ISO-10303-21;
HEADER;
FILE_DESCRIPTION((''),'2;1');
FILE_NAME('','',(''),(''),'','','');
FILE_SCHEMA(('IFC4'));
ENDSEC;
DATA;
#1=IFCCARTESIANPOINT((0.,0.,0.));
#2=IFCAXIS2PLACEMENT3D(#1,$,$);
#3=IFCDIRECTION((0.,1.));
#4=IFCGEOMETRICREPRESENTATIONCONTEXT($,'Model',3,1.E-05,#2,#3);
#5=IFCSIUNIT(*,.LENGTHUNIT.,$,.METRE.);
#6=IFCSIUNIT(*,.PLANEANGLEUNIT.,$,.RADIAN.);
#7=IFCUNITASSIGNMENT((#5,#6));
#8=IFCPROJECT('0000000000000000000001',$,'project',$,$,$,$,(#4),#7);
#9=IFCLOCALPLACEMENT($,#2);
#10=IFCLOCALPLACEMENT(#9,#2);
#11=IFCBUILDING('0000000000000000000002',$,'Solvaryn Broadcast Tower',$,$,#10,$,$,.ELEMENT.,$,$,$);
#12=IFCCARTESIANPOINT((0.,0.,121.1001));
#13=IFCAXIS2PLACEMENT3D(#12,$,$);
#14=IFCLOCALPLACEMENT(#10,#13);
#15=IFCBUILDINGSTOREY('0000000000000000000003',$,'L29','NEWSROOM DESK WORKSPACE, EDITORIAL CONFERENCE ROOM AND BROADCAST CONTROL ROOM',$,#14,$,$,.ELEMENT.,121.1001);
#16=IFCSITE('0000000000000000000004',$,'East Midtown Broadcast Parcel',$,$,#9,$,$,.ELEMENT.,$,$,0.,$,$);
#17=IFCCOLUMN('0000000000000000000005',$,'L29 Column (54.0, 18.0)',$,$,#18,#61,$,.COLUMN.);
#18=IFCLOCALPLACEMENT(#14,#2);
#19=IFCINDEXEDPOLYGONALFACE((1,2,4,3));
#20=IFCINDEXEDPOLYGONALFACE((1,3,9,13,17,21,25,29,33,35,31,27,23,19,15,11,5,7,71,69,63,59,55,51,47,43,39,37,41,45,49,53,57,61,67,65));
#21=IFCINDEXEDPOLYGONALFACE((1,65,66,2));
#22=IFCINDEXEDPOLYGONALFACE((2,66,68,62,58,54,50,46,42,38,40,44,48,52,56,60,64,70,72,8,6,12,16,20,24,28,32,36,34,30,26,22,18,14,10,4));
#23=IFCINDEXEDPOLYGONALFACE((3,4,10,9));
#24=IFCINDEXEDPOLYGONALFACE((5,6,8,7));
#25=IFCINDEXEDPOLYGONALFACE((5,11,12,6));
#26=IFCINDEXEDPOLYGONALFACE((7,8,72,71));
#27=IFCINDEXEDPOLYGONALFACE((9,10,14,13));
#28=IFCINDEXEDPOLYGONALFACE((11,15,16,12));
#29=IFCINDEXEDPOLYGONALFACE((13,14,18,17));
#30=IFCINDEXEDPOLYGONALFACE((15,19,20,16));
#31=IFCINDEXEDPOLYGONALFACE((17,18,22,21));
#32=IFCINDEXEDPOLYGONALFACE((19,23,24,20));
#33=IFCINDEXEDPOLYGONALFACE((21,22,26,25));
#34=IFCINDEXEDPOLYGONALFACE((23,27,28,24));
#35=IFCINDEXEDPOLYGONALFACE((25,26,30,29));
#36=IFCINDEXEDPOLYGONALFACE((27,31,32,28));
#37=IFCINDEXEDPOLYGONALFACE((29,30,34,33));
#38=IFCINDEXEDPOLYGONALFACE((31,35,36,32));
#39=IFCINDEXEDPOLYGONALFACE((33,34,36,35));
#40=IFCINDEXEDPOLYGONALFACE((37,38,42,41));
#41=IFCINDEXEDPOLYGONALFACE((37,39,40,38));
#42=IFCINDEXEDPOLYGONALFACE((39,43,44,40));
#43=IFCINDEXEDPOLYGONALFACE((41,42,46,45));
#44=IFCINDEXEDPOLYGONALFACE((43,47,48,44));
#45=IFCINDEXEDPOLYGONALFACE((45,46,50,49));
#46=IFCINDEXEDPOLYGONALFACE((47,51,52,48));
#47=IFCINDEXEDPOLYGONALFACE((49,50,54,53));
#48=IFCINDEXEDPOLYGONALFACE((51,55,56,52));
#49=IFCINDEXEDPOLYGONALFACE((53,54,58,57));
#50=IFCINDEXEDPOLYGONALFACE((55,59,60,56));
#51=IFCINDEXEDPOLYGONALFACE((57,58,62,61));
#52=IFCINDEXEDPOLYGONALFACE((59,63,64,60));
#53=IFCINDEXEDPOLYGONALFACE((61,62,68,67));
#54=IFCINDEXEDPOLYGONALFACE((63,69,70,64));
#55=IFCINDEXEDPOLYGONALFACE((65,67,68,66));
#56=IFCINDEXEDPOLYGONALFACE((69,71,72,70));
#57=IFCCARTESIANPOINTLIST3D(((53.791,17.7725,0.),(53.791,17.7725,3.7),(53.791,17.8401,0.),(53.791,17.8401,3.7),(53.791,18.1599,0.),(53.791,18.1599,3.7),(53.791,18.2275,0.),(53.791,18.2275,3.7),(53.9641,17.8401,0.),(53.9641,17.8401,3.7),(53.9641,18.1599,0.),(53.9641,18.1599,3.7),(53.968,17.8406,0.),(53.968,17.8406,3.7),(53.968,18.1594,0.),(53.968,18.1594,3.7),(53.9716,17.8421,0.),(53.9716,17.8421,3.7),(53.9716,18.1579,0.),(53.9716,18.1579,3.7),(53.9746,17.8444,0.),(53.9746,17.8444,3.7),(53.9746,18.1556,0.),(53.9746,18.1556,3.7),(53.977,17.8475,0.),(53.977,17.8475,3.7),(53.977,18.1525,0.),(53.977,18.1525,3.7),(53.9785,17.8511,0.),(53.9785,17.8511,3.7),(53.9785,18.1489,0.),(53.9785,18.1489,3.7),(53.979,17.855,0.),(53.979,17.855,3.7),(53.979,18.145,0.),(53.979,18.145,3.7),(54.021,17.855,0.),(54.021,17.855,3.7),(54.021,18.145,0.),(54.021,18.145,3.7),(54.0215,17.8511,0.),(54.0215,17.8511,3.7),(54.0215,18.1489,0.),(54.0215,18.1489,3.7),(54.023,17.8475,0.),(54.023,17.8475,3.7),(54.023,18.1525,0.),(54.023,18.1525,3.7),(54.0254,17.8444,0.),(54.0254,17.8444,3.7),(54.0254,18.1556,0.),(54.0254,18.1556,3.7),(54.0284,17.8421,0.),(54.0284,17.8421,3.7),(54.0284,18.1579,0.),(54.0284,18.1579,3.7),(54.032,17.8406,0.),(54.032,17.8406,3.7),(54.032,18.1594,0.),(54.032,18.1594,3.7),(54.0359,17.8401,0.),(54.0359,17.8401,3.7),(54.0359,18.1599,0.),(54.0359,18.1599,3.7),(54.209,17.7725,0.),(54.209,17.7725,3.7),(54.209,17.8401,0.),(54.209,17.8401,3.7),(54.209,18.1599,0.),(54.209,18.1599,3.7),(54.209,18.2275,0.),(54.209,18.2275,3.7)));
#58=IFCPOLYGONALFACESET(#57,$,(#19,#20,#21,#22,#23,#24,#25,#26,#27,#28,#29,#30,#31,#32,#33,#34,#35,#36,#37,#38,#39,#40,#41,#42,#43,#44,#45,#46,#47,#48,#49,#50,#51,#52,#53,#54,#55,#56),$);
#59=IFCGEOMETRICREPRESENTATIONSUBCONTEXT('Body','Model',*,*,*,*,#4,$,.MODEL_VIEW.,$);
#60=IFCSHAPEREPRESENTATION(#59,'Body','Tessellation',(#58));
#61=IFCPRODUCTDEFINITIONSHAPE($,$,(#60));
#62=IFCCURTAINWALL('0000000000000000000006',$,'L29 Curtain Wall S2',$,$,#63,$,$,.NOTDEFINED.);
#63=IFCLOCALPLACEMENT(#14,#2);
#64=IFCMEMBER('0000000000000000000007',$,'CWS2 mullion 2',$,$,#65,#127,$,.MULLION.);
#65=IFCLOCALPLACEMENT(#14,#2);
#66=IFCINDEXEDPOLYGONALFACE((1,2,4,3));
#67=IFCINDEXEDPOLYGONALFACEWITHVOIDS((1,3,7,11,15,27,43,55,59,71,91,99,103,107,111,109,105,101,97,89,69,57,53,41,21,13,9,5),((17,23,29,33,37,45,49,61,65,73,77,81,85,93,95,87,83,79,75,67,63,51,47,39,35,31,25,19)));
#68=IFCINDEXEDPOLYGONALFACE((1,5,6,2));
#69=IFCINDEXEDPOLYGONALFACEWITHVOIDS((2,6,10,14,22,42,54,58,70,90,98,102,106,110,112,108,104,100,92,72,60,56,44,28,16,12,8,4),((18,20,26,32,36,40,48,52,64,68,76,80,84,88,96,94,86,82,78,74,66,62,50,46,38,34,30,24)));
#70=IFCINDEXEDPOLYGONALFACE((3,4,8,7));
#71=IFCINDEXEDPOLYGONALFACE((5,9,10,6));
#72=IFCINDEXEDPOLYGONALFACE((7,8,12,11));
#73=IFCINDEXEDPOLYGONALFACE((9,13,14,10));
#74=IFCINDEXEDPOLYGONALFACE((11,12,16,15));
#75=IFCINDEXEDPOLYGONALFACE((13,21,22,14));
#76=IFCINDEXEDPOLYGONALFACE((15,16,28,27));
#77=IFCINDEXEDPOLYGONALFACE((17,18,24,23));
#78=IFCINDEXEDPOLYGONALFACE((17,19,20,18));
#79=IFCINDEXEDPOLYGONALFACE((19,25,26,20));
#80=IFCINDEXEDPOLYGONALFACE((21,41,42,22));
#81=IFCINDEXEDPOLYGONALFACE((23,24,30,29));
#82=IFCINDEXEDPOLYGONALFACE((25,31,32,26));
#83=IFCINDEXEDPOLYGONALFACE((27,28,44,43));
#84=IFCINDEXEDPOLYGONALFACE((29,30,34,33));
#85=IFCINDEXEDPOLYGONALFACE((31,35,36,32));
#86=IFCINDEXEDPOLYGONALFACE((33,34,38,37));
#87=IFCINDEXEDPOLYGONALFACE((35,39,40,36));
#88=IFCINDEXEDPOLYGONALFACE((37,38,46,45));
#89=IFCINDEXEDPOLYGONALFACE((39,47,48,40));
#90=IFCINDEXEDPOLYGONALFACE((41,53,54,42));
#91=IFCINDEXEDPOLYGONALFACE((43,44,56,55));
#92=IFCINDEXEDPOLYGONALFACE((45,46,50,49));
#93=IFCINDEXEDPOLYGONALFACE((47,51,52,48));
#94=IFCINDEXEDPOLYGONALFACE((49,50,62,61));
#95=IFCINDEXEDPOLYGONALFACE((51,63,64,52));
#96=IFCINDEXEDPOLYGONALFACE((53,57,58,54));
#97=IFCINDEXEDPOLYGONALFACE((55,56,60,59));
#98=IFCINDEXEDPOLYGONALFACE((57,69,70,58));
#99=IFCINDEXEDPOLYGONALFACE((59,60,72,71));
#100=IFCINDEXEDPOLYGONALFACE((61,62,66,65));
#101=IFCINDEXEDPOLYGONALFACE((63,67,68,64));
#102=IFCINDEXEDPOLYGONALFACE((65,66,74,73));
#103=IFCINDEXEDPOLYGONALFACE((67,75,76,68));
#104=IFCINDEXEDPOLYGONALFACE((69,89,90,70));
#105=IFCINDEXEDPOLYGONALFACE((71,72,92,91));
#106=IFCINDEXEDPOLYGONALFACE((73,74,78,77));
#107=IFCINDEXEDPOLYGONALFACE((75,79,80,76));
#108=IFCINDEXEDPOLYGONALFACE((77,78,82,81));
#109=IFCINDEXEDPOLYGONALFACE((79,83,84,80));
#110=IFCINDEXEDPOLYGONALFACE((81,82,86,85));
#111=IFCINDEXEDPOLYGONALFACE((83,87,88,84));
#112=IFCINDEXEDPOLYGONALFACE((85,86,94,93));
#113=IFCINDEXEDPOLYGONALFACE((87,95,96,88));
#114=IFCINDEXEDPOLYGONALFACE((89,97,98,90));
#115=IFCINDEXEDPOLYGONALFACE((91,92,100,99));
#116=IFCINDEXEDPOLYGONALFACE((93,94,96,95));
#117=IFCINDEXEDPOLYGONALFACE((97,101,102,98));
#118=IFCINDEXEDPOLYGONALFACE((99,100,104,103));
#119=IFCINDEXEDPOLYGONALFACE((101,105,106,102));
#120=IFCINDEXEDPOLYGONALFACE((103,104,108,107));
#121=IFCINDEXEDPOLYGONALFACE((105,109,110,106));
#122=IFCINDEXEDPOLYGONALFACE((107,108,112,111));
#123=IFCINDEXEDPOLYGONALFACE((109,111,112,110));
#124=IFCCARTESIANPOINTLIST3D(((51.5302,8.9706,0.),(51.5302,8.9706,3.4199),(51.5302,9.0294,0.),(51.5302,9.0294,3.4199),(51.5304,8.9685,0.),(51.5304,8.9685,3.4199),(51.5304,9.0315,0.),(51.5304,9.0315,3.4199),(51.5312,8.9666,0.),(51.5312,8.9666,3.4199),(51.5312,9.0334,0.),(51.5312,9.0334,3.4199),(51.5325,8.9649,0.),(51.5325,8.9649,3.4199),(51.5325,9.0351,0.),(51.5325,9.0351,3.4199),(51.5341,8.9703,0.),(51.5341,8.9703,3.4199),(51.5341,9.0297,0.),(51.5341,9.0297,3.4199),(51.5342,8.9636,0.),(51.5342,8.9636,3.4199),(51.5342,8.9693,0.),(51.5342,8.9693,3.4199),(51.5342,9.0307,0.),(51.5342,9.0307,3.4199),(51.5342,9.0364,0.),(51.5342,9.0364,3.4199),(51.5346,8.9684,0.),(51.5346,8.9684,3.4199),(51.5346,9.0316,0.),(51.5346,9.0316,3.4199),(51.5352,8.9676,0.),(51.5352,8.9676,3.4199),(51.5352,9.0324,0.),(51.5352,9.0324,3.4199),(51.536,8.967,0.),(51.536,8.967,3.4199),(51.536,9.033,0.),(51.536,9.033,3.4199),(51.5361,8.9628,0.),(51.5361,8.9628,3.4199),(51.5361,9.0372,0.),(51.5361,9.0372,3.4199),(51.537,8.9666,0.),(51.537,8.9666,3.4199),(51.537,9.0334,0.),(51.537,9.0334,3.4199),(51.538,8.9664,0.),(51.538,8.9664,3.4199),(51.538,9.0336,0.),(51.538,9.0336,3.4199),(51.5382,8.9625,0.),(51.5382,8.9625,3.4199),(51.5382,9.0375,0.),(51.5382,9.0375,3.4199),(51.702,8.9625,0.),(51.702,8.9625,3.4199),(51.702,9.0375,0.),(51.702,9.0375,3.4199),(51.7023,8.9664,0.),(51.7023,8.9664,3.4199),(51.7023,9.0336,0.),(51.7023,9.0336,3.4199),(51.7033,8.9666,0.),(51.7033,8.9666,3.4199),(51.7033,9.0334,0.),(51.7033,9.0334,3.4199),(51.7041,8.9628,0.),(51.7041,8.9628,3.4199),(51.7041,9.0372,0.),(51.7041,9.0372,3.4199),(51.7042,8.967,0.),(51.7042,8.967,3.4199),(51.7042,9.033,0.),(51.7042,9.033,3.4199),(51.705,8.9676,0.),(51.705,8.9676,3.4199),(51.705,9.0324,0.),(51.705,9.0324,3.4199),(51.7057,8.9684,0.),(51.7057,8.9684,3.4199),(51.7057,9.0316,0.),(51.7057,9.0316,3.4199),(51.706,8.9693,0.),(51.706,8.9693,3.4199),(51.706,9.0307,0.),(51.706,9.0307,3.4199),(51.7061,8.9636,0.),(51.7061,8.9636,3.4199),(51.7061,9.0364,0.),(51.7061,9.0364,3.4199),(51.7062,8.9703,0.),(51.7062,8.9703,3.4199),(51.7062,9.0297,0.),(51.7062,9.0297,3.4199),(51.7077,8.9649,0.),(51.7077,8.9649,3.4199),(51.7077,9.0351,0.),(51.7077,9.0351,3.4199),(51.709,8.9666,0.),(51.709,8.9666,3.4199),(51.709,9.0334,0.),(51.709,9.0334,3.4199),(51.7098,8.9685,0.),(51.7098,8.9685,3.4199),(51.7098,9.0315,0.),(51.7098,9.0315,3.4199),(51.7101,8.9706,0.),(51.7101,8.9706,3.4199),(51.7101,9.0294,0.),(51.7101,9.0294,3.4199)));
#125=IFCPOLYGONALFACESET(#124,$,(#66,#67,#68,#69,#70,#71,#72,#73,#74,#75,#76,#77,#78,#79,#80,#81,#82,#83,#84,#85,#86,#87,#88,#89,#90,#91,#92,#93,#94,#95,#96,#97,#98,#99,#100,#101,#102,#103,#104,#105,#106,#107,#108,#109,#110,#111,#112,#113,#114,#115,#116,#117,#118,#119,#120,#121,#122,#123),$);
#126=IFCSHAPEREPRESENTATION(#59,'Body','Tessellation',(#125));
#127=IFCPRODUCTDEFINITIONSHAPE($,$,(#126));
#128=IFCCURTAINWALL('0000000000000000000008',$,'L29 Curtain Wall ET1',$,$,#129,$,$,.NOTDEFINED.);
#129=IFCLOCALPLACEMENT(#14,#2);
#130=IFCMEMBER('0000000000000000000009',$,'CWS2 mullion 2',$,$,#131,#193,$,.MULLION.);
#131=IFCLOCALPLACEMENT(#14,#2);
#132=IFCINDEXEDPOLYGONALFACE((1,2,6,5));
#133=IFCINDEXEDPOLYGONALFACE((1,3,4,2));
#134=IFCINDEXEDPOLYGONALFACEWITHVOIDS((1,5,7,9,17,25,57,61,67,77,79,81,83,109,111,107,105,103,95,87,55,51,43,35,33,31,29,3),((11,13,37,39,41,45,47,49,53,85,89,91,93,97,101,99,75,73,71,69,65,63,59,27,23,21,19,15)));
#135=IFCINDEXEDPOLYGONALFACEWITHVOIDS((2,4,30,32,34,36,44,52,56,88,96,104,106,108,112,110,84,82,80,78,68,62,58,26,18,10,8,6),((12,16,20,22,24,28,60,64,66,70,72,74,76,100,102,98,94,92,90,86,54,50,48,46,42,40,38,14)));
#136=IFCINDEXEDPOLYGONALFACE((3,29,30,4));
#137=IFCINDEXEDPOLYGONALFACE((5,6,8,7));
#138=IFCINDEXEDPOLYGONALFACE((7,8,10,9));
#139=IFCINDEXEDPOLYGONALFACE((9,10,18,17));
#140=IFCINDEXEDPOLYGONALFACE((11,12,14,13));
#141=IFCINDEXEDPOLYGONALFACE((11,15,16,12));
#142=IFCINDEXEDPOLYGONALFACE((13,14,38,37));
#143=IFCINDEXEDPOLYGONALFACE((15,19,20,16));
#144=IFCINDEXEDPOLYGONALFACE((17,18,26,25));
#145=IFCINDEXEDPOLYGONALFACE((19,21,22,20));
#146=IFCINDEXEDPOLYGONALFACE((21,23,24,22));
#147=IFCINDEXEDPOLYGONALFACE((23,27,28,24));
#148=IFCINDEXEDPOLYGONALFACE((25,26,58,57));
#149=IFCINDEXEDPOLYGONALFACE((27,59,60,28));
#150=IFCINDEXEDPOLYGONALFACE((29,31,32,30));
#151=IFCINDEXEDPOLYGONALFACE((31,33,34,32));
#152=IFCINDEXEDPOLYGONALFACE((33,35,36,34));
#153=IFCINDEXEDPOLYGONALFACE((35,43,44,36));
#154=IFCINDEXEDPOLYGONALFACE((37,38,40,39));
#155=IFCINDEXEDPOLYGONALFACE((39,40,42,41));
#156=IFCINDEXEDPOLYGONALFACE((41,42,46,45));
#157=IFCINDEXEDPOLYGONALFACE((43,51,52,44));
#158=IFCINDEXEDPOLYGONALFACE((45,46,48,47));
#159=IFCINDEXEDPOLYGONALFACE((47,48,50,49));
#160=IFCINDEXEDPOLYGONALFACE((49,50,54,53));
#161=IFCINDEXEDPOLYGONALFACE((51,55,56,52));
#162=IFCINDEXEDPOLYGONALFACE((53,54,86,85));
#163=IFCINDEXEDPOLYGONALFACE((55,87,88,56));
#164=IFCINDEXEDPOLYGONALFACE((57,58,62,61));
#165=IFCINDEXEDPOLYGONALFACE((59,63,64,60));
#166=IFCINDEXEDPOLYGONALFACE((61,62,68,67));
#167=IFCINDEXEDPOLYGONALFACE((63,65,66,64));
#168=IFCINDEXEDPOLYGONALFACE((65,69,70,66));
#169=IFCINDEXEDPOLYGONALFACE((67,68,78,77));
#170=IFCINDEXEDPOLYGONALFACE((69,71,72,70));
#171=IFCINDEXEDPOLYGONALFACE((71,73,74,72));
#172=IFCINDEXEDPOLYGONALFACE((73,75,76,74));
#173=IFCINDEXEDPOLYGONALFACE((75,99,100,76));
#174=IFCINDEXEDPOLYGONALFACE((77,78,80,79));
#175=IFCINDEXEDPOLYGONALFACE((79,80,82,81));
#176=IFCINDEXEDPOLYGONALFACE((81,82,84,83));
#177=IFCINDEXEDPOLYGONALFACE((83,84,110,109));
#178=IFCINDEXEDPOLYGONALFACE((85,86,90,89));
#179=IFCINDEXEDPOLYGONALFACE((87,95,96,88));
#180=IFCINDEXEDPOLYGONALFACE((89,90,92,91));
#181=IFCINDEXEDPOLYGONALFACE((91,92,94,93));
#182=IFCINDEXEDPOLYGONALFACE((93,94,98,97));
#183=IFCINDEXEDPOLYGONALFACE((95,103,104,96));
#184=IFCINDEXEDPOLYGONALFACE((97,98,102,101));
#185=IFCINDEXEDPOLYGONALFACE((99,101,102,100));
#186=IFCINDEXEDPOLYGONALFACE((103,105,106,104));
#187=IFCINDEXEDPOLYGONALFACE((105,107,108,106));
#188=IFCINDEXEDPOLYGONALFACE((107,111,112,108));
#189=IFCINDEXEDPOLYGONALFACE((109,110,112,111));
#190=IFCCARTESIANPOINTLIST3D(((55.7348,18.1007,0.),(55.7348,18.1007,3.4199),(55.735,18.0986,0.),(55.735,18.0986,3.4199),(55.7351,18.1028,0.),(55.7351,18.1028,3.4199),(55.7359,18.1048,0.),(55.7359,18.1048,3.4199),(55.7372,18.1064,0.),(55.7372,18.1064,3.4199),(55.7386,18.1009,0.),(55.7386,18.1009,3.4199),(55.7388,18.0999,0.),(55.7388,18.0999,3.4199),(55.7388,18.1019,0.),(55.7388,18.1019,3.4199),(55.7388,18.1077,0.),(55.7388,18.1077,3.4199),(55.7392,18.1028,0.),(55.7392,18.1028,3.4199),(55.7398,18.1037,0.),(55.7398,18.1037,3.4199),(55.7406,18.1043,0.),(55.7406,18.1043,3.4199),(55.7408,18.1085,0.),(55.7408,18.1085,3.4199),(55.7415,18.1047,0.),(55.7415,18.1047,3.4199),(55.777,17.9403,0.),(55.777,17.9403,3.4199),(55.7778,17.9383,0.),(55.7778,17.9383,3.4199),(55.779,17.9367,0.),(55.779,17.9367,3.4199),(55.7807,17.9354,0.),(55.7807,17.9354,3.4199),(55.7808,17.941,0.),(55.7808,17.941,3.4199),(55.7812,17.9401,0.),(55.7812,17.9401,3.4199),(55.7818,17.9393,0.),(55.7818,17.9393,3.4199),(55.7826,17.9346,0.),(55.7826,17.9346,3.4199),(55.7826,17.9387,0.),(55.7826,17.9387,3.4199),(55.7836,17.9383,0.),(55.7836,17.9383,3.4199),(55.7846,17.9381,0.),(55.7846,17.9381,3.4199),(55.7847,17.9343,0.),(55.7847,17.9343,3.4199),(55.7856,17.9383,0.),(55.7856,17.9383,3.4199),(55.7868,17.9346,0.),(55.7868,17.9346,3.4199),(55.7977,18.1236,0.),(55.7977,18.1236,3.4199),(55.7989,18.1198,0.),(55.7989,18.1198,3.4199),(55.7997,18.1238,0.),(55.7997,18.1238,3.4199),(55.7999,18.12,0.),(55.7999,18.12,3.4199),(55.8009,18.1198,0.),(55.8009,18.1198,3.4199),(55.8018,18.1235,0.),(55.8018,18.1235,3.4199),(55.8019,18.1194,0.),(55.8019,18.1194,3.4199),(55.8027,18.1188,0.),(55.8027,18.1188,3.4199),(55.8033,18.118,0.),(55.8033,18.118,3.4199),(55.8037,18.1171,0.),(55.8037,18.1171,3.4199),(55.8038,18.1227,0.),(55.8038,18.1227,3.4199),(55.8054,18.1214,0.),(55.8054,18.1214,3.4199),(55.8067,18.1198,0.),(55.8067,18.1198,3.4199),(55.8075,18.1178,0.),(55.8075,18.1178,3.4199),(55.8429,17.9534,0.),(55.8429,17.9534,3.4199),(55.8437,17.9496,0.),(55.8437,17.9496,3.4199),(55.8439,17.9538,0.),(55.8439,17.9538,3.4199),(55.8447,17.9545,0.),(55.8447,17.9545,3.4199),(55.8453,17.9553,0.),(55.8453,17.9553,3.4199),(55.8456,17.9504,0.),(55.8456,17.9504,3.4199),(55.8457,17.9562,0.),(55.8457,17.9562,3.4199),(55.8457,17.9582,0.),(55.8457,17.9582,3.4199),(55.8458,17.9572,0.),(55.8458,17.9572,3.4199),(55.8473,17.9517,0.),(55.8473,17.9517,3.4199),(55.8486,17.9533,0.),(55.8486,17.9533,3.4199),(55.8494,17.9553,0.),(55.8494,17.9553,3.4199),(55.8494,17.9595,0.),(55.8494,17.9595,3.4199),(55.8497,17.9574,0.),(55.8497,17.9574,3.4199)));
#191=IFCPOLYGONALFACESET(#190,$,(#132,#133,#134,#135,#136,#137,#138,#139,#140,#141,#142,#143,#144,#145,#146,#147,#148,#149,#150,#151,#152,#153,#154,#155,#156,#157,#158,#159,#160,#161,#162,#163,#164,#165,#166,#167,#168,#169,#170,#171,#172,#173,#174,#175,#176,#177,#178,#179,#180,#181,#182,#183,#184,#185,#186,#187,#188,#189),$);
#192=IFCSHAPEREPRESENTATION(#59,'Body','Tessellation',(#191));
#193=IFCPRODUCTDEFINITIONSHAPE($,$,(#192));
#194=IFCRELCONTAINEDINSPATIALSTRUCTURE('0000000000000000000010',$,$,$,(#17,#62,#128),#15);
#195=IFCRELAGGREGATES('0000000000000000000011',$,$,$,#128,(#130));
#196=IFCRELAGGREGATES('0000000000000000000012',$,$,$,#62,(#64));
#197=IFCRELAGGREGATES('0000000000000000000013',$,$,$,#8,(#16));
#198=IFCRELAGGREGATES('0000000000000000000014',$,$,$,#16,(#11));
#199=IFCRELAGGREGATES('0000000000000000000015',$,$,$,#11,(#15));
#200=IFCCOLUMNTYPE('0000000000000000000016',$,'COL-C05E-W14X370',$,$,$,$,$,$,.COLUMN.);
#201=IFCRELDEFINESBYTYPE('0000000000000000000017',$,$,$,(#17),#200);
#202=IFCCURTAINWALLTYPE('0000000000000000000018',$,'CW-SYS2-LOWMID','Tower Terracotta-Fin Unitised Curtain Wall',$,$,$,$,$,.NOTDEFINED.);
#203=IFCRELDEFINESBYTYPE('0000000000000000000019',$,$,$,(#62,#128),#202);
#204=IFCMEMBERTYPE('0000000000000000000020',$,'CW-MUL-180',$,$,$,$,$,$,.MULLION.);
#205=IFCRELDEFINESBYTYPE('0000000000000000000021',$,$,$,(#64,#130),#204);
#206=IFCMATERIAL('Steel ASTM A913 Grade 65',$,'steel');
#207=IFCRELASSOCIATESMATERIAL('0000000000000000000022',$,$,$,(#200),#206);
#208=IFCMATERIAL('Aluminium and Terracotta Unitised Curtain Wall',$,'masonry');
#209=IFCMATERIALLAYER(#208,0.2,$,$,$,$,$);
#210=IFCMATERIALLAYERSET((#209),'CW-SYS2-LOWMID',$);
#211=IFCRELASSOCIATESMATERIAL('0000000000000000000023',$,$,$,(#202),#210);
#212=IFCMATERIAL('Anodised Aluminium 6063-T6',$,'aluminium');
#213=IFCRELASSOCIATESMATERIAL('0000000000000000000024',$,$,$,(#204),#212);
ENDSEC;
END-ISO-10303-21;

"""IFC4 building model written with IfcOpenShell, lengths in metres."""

from ifc_helpers import new_model, si_unit, direction, frame, origin, origin_2d, place, context, subcontext, project, spatial, hollow_rectangle, i_section, extrude, material, layer, layer_set, material_profile, profile_set, type_object, element, aggregate, save


model = new_model("IFC4")

# Units and contexts
model_context = context("Model", 3, precision=1e-05, world=origin(), true_north=direction((0.0, 1.0)))
body_context = subcontext(model_context, "Body", "Model", "MODEL_VIEW")
ifc_project = project(units=[si_unit("LENGTHUNIT", "METRE"), si_unit("PLANEANGLEUNIT", "RADIAN")], contexts=[model_context])

# Site, building, storey
site_placement = place(None, origin())
site = spatial("IfcSite", under=ifc_project, at=site_placement, Name="East Midtown Broadcast Parcel", CompositionType="ELEMENT", RefElevation=0.0)
building_placement = place(site_placement, origin())
building = spatial("IfcBuilding", under=site, at=building_placement, Name="Solvaryn Broadcast Tower", CompositionType="ELEMENT")
storey_placement = place(building_placement, frame((0.0, 0.0, 121.1001)))
storey = spatial("IfcBuildingStorey", under=building, at=storey_placement, Name="L29", Description="NEWSROOM DESK WORKSPACE, EDITORIAL CONFERENCE ROOM AND BROADCAST CONTROL ROOM", CompositionType="ELEMENT", Elevation=121.1001)

# Column
ifc_material_1 = material(Name="Steel ASTM A913 Grade 65", Category="steel")
ifc_material_profile_1 = material_profile(ifc_material_1, i_section(OverallWidth=0.418, OverallDepth=0.4551, WebThickness=0.042, FlangeThickness=0.0676, FilletRadius=0.0149, at=origin_2d()))
ifc_profile_set_1 = profile_set([ifc_material_profile_1], Name="Steel ASTM A913 Grade 65")
column_type = type_object("IfcColumnType", Name="COL-C05E-W14X370", PredefinedType="COLUMN", material=ifc_profile_set_1)
column_placement = place(storey_placement, frame((54.0, 18.0, 0.0), z_axis=(0.0, 0.0, 1.0), x_axis=(1.0, 0.0, 0.0)))
element("IfcColumn", 1, at=column_placement, inside=storey, type_object=column_type, Name="L29 Column (54.0, 18.0)", PredefinedType="COLUMN", context=body_context, shape_type="SweptSolid", body=[
    extrude(i_section(OverallWidth=0.418, OverallDepth=0.4551, WebThickness=0.042, FlangeThickness=0.0676, FilletRadius=0.0149, at=origin_2d()), origin(), (0.0, 0.0, 1.0), 3.7),
])

# Curtain walls, members
ifc_material_2 = material(Name="Aluminium and Terracotta Unitised Curtain Wall", Category="masonry")
ifc_layer_1 = layer(ifc_material_2, 0.2)
ifc_layer_set_1 = layer_set([ifc_layer_1], Name="CW-SYS2-LOWMID")
curtain_wall_type = type_object("IfcCurtainWallType", Name="CW-SYS2-LOWMID", Description="Tower Terracotta-Fin Unitised Curtain Wall", PredefinedType="NOTDEFINED", material=ifc_layer_set_1)
curtain_wall_1_placement = place(storey_placement, origin())
curtain_wall_1 = element("IfcCurtainWall", 2, at=curtain_wall_1_placement, inside=storey, type_object=curtain_wall_type, Name="L29 Curtain Wall S2", PredefinedType="NOTDEFINED")
ifc_material_3 = material(Name="Anodised Aluminium 6063-T6", Category="aluminium")
ifc_material_profile_2 = material_profile(ifc_material_3, hollow_rectangle(XDim=0.075, YDim=0.1799, WallThickness=0.0039, InnerFilletRadius=0.0039, OuterFilletRadius=0.0081, at=origin_2d()))
ifc_profile_set_2 = profile_set([ifc_material_profile_2], Name="Anodised Aluminium 6063-T6")
member_type_1 = type_object("IfcMemberType", Name="CW-MUL-180", PredefinedType="MULLION", material=ifc_profile_set_2)
member_1_placement = place(storey_placement, frame((51.6201, 9.0, 0.0), z_axis=(0.0, 0.0, 1.0), x_axis=(0.0, 1.0, 0.0)))
member_1 = element("IfcMember", 3, at=member_1_placement, type_object=member_type_1, Name="CWS2 mullion 2", PredefinedType="MULLION", context=body_context, shape_type="SweptSolid", body=[
    extrude(hollow_rectangle(XDim=0.075, YDim=0.1799, WallThickness=0.0039, InnerFilletRadius=0.0039, OuterFilletRadius=0.0081, at=origin_2d()), origin(), (0.0, 0.0, 1.0), 3.4199),
])
curtain_wall_2_placement = place(storey_placement, origin())
curtain_wall_2 = element("IfcCurtainWall", 4, at=curtain_wall_2_placement, inside=storey, type_object=curtain_wall_type, Name="L29 Curtain Wall ET1", PredefinedType="NOTDEFINED")
member_2_placement = place(storey_placement, frame((55.7922, 18.0291, 0.0), z_axis=(0.0, 0.0, 1.0), x_axis=(0.966705, 0.255893, 0.0)))
member_2 = element("IfcMember", 5, at=member_2_placement, type_object=member_type_1, Name="CWS2 mullion 2", PredefinedType="MULLION", context=body_context, shape_type="SweptSolid", body=[
    extrude(hollow_rectangle(XDim=0.075, YDim=0.1799, WallThickness=0.0039, InnerFilletRadius=0.0039, OuterFilletRadius=0.0081, at=origin_2d()), origin(), (0.0, 0.0, 1.0), 3.4199),
])
aggregate(curtain_wall_2, [member_2])

aggregate(curtain_wall_1, [member_1])

save(model, "model.ifc")
